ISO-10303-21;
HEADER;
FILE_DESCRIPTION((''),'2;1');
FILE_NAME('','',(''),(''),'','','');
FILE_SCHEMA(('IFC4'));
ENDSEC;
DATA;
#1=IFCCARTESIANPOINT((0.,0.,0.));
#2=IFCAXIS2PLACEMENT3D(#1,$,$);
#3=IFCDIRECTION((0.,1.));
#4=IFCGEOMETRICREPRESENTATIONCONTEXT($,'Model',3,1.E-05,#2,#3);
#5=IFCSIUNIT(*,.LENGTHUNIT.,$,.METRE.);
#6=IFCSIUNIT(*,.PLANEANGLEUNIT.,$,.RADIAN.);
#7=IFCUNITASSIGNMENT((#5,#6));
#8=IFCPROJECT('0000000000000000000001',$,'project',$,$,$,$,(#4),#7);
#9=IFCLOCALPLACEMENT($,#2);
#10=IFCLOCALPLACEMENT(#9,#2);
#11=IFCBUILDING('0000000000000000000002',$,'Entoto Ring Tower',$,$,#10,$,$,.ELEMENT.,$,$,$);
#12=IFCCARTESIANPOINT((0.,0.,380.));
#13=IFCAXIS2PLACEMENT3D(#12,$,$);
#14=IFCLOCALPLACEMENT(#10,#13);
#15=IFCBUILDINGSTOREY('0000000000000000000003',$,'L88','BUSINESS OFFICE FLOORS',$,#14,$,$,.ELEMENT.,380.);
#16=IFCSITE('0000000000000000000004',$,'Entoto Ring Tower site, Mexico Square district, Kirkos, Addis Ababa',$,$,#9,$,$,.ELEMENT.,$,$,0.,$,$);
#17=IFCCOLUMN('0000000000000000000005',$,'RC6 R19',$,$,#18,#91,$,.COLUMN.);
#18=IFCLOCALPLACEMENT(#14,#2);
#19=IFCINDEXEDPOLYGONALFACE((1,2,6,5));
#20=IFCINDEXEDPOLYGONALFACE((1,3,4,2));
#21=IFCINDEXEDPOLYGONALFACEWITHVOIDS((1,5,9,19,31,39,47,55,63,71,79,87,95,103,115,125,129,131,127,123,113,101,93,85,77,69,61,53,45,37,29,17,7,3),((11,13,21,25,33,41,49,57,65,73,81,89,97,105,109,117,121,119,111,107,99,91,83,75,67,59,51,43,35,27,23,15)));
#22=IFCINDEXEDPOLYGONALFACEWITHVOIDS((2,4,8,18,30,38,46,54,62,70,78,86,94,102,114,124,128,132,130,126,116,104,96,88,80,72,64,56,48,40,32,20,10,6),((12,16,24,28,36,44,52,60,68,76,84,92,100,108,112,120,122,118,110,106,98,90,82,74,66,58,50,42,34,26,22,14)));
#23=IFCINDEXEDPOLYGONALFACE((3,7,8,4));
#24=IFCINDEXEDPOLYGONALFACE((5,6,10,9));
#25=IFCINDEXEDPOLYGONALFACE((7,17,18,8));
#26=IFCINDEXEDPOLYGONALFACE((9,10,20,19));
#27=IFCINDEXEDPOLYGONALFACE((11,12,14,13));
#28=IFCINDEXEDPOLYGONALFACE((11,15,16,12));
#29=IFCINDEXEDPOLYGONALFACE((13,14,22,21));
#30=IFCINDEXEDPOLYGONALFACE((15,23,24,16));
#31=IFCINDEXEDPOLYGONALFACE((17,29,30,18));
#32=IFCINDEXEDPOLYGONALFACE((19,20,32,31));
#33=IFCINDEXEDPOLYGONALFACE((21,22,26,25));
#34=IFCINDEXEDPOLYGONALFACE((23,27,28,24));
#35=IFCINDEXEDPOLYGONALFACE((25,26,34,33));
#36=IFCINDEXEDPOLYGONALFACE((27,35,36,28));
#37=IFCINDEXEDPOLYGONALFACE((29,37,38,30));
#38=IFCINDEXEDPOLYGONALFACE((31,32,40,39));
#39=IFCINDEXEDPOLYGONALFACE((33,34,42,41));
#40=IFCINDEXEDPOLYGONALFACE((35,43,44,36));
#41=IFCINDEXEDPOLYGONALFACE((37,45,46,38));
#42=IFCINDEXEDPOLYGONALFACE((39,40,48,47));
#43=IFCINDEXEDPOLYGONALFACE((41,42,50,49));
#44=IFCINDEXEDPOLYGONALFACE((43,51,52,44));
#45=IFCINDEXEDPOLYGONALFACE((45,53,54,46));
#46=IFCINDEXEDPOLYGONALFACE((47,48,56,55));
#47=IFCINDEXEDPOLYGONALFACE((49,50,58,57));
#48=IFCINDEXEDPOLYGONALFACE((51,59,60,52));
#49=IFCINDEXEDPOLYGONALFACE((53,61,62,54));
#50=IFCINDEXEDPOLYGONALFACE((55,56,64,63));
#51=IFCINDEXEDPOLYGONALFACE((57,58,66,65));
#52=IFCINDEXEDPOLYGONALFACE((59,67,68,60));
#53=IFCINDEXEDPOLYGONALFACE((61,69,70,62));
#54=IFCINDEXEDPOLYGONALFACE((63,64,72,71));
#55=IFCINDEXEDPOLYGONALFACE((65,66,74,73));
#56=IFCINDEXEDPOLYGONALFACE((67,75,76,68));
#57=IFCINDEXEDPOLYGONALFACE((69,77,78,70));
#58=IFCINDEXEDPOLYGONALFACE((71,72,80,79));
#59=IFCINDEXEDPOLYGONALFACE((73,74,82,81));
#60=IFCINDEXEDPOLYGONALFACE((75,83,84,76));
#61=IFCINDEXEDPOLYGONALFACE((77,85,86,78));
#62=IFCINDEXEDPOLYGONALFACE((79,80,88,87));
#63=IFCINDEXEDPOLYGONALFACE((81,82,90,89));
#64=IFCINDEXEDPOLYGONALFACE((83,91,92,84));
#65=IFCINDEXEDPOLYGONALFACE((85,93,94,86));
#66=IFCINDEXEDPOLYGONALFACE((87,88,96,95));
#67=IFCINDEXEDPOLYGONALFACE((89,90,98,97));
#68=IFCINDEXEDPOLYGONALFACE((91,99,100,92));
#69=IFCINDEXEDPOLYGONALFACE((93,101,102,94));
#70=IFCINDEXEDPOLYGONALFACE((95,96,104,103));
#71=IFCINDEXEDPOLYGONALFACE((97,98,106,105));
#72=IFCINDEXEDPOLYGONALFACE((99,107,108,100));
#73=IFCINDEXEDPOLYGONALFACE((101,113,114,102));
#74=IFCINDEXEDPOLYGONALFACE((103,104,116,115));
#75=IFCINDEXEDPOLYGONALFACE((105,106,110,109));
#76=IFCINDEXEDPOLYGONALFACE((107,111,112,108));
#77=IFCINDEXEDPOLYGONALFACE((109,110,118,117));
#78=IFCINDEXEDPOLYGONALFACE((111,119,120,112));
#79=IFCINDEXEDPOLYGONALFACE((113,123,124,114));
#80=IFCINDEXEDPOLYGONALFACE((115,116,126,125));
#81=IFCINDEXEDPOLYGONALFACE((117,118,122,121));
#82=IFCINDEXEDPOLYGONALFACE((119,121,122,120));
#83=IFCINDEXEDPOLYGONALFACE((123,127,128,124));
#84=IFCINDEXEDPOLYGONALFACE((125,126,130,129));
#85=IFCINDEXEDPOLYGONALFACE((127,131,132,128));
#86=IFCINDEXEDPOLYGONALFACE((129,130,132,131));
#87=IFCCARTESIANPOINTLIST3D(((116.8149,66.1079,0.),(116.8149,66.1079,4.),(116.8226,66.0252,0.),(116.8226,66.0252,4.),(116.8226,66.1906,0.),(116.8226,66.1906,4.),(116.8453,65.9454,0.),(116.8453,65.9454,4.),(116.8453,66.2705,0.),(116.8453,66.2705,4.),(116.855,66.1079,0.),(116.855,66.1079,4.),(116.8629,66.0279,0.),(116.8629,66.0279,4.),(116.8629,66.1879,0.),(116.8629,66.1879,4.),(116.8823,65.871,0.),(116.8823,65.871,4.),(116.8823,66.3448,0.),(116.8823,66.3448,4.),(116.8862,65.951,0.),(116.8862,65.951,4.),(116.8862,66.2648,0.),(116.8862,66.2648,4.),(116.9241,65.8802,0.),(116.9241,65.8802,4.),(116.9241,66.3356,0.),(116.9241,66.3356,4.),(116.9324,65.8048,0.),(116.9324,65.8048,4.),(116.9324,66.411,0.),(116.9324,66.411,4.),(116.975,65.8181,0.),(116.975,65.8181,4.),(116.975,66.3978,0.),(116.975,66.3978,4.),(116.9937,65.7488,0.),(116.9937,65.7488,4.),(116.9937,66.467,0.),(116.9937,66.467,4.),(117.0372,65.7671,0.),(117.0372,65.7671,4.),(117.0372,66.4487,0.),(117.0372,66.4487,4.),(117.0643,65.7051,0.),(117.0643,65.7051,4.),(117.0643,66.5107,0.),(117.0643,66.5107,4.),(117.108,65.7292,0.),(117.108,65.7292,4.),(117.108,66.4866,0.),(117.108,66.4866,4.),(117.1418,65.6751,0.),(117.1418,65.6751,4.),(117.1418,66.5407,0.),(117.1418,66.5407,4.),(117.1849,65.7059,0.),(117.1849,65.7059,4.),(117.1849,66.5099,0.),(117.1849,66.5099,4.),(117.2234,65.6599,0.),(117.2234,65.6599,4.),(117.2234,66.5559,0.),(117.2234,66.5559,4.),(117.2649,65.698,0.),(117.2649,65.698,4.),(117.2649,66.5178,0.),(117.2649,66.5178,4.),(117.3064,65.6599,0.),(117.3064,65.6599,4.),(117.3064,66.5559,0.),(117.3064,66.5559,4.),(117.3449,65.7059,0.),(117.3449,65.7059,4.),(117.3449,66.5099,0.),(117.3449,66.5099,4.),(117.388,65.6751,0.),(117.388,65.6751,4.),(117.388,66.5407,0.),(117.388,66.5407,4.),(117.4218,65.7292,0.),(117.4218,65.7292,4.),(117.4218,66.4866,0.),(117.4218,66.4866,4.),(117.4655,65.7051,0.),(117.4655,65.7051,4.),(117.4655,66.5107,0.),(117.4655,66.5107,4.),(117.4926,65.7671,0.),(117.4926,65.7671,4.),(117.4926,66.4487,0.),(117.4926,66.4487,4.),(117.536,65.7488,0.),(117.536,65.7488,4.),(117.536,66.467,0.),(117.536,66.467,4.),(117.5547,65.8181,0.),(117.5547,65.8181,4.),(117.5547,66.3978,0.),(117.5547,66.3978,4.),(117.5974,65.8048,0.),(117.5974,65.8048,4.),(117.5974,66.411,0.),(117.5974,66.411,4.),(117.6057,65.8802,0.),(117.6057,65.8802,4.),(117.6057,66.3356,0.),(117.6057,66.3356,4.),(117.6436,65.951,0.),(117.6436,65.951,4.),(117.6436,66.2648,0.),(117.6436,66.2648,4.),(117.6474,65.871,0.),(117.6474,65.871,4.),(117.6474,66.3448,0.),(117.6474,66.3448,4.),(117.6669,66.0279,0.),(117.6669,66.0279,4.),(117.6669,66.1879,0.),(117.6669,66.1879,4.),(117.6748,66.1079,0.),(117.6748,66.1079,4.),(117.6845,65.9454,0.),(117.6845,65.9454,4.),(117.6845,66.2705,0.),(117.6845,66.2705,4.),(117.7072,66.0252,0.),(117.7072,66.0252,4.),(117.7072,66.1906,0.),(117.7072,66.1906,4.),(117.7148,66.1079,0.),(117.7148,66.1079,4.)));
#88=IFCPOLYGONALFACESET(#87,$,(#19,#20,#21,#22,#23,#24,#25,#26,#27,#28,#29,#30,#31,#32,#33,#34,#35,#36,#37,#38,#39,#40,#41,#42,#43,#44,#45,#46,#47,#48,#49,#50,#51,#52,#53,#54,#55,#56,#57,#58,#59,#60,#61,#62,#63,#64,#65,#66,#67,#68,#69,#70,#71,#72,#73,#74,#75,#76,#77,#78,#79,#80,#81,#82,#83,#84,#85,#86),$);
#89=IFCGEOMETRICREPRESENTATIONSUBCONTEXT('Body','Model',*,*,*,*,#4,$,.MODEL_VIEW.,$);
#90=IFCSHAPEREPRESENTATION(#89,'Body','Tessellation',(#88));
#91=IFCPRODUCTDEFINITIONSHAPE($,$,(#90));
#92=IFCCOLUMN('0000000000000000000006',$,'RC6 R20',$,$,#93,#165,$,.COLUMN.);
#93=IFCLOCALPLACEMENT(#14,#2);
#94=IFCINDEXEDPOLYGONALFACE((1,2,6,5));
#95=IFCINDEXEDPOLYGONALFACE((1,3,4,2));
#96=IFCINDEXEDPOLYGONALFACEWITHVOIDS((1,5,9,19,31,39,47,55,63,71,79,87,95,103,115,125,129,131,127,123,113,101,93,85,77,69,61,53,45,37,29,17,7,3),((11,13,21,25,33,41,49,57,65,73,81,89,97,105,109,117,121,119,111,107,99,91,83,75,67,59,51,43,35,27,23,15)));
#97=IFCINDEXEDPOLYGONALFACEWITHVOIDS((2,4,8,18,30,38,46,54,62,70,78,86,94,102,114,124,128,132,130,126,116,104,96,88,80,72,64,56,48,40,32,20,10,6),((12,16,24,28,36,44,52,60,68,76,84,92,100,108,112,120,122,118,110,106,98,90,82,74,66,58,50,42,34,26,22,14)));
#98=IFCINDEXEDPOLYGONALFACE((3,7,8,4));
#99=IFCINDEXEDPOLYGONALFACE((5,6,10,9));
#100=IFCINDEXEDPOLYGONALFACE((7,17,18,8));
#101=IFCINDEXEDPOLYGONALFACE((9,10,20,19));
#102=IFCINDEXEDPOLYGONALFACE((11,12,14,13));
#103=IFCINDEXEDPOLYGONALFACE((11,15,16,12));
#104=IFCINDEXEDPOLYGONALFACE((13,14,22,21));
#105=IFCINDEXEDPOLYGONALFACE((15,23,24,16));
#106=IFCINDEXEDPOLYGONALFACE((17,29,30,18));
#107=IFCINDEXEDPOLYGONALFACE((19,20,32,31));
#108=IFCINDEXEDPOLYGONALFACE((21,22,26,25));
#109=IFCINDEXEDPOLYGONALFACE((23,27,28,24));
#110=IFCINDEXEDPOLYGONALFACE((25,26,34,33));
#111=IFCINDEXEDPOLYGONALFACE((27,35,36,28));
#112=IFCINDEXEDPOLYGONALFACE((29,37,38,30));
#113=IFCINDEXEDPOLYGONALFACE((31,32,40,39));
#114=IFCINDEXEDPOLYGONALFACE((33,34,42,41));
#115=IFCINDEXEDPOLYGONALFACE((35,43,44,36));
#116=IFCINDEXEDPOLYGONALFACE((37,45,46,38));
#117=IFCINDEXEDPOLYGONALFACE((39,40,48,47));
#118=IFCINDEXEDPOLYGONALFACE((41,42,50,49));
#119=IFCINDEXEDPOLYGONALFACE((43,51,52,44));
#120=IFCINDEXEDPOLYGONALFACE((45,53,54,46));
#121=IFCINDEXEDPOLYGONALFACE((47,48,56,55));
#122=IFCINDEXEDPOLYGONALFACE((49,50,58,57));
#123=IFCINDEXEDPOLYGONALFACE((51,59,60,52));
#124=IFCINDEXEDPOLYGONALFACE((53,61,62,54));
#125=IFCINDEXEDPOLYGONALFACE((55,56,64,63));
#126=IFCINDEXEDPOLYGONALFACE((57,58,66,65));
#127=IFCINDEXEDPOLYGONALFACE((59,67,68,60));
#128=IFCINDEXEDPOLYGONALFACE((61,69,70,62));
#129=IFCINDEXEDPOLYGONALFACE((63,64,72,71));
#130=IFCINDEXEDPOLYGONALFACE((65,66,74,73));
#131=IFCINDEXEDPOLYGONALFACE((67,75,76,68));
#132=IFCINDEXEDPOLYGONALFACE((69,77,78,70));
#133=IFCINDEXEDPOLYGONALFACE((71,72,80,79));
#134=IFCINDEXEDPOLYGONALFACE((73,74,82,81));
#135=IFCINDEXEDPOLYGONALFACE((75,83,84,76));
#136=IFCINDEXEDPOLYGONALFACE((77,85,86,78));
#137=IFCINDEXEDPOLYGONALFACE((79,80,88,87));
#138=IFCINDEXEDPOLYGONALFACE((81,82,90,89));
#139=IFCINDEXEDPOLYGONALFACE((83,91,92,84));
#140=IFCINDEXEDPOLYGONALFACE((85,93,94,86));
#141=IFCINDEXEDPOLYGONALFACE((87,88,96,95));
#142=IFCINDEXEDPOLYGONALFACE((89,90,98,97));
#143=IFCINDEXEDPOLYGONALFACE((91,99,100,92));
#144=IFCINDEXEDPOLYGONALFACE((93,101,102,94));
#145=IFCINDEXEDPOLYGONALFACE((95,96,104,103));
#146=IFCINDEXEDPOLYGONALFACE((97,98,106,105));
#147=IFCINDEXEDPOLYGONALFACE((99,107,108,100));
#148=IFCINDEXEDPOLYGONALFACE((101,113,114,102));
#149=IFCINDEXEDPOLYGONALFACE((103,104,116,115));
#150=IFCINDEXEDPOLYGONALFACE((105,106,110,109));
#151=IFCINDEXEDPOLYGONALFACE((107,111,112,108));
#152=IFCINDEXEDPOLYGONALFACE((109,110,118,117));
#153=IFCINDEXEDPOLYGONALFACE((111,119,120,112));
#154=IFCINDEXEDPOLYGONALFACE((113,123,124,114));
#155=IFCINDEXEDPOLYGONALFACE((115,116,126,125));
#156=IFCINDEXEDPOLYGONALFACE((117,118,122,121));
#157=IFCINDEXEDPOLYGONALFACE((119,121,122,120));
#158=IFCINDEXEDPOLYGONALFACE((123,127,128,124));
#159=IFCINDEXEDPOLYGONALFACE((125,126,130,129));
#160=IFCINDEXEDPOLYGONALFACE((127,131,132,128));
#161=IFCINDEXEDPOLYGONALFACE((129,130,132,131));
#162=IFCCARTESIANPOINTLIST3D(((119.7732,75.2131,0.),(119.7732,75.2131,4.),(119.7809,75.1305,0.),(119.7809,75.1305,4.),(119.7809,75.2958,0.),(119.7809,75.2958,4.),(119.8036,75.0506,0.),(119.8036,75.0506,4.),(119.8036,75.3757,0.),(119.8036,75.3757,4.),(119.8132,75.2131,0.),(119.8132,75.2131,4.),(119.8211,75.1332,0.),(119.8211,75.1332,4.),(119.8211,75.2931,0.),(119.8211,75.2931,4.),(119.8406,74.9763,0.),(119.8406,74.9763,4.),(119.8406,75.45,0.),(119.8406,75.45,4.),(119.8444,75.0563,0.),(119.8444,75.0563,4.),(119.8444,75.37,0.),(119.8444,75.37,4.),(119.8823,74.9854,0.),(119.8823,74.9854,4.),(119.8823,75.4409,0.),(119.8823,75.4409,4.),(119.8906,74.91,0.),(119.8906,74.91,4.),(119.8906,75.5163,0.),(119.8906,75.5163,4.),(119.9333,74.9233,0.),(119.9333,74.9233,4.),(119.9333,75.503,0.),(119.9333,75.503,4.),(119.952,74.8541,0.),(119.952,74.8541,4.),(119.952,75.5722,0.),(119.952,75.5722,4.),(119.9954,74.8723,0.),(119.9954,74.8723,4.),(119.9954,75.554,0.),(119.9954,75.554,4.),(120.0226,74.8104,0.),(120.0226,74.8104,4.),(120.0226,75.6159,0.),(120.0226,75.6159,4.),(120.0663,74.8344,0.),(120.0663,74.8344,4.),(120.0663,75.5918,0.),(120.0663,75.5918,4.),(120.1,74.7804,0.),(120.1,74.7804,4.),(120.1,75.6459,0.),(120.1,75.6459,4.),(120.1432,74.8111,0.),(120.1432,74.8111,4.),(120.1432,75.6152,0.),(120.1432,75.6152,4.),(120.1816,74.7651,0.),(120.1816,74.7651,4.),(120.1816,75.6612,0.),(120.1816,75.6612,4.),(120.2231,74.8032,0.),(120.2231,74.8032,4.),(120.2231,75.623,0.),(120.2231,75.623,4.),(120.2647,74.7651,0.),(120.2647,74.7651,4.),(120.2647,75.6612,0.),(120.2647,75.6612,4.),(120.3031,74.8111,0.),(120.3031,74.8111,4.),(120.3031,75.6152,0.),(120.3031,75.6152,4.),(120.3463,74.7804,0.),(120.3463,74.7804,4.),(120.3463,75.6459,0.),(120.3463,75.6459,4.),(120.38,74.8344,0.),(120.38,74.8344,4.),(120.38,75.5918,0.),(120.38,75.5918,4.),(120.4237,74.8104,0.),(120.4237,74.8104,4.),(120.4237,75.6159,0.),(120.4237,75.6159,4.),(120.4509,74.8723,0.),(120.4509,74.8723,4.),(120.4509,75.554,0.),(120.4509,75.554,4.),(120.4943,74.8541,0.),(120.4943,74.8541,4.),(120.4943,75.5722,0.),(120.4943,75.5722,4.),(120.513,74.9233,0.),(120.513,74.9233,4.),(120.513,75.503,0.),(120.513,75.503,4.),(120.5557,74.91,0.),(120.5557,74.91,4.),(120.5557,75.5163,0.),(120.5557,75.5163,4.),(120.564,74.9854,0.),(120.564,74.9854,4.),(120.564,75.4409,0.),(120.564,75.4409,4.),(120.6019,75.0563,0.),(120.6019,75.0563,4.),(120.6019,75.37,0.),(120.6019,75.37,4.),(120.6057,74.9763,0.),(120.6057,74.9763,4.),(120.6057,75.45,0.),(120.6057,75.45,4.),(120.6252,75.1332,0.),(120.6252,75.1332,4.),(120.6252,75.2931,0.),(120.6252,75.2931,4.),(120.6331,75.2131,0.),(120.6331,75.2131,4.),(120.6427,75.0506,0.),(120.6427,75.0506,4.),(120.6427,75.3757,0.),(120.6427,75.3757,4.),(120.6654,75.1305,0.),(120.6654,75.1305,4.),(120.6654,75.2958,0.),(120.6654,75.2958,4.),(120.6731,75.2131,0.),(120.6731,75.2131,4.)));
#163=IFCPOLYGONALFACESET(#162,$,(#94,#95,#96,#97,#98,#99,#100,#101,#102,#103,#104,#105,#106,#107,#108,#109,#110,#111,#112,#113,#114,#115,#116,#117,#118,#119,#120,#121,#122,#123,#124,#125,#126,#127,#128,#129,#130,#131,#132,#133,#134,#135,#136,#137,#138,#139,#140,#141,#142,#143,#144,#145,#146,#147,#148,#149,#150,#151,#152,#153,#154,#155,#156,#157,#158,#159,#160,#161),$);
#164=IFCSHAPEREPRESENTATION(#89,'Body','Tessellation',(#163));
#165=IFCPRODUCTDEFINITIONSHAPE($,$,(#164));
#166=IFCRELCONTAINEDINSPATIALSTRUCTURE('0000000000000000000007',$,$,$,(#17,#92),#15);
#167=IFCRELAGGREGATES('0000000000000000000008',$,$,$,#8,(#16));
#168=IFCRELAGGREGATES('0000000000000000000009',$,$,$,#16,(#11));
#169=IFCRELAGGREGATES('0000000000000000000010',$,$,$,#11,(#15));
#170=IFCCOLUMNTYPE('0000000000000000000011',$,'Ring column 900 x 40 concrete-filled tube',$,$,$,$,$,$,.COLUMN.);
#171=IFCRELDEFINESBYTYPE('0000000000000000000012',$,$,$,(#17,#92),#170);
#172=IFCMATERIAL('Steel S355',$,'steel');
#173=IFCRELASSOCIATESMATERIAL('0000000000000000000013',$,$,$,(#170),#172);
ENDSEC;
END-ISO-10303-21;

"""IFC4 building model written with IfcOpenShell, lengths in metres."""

from ifc_helpers import new_model, si_unit, direction, frame, origin, origin_2d, place, context, subcontext, project, spatial, circle, hollow_circle, extrude, material, material_profile, profile_set, type_object, element, save


model = new_model("IFC4")

# Units and contexts
model_context = context("Model", 3, precision=1e-05, world=origin(), true_north=direction((0.0, 1.0)))
body_context = subcontext(model_context, "Body", "Model", "MODEL_VIEW")
ifc_project = project(units=[si_unit("LENGTHUNIT", "METRE"), si_unit("PLANEANGLEUNIT", "RADIAN")], contexts=[model_context])

# Site, building, storey
site_placement = place(None, origin())
site = spatial("IfcSite", under=ifc_project, at=site_placement, Name="Entoto Ring Tower site, Mexico Square district, Kirkos, Addis Ababa", CompositionType="ELEMENT", RefElevation=0.0)
building_placement = place(site_placement, origin())
building = spatial("IfcBuilding", under=site, at=building_placement, Name="Entoto Ring Tower", CompositionType="ELEMENT")
storey_placement = place(building_placement, frame((0.0, 0.0, 380.0)))
storey = spatial("IfcBuildingStorey", under=building, at=storey_placement, Name="L88", Description="BUSINESS OFFICE FLOORS", CompositionType="ELEMENT", Elevation=380.0)

# Columns
ifc_material_1 = material(Name="Steel S355", Category="steel")
ifc_material_profile_1 = material_profile(ifc_material_1, hollow_circle(Radius=0.45, WallThickness=0.04, at=origin_2d()), Name="CHS 900 x 40")
ifc_material_2 = material(Name="Concrete C60/75", Category="concrete")
ifc_material_profile_2 = material_profile(ifc_material_2, circle(Radius=0.4099, at=origin_2d()), Name="Concrete C60/75 infill")
ifc_profile_set_1 = profile_set([ifc_material_profile_1, ifc_material_profile_2], Name="Steel S355")
column_type = type_object("IfcColumnType", Name="Ring column 900 x 40 concrete-filled tube", PredefinedType="COLUMN", material=ifc_profile_set_1)
for number, where, z_axis, x_axis, name in (
    (1, (117.2649, 66.1079, 0.0), (0.0, 0.0, 1.0), (1.0, 0.0, 0.0), "RC6 R19"),
    (2, (120.2231, 75.2131, 0.0), (0.0, 0.0, 1.0), (1.0, 0.0, 0.0), "RC6 R20"),
):
    element("IfcColumn", number, at=place(storey_placement, frame(where, z_axis=z_axis, x_axis=x_axis)), inside=storey, type_object=column_type, Name=name, PredefinedType="COLUMN", context=body_context, shape_type="SweptSolid", body=[
        extrude(hollow_circle(Radius=0.45, WallThickness=0.04, at=origin_2d()), origin(), (0.0, 0.0, 1.0), 4.0),
    ])

save(model, "model.ifc")
